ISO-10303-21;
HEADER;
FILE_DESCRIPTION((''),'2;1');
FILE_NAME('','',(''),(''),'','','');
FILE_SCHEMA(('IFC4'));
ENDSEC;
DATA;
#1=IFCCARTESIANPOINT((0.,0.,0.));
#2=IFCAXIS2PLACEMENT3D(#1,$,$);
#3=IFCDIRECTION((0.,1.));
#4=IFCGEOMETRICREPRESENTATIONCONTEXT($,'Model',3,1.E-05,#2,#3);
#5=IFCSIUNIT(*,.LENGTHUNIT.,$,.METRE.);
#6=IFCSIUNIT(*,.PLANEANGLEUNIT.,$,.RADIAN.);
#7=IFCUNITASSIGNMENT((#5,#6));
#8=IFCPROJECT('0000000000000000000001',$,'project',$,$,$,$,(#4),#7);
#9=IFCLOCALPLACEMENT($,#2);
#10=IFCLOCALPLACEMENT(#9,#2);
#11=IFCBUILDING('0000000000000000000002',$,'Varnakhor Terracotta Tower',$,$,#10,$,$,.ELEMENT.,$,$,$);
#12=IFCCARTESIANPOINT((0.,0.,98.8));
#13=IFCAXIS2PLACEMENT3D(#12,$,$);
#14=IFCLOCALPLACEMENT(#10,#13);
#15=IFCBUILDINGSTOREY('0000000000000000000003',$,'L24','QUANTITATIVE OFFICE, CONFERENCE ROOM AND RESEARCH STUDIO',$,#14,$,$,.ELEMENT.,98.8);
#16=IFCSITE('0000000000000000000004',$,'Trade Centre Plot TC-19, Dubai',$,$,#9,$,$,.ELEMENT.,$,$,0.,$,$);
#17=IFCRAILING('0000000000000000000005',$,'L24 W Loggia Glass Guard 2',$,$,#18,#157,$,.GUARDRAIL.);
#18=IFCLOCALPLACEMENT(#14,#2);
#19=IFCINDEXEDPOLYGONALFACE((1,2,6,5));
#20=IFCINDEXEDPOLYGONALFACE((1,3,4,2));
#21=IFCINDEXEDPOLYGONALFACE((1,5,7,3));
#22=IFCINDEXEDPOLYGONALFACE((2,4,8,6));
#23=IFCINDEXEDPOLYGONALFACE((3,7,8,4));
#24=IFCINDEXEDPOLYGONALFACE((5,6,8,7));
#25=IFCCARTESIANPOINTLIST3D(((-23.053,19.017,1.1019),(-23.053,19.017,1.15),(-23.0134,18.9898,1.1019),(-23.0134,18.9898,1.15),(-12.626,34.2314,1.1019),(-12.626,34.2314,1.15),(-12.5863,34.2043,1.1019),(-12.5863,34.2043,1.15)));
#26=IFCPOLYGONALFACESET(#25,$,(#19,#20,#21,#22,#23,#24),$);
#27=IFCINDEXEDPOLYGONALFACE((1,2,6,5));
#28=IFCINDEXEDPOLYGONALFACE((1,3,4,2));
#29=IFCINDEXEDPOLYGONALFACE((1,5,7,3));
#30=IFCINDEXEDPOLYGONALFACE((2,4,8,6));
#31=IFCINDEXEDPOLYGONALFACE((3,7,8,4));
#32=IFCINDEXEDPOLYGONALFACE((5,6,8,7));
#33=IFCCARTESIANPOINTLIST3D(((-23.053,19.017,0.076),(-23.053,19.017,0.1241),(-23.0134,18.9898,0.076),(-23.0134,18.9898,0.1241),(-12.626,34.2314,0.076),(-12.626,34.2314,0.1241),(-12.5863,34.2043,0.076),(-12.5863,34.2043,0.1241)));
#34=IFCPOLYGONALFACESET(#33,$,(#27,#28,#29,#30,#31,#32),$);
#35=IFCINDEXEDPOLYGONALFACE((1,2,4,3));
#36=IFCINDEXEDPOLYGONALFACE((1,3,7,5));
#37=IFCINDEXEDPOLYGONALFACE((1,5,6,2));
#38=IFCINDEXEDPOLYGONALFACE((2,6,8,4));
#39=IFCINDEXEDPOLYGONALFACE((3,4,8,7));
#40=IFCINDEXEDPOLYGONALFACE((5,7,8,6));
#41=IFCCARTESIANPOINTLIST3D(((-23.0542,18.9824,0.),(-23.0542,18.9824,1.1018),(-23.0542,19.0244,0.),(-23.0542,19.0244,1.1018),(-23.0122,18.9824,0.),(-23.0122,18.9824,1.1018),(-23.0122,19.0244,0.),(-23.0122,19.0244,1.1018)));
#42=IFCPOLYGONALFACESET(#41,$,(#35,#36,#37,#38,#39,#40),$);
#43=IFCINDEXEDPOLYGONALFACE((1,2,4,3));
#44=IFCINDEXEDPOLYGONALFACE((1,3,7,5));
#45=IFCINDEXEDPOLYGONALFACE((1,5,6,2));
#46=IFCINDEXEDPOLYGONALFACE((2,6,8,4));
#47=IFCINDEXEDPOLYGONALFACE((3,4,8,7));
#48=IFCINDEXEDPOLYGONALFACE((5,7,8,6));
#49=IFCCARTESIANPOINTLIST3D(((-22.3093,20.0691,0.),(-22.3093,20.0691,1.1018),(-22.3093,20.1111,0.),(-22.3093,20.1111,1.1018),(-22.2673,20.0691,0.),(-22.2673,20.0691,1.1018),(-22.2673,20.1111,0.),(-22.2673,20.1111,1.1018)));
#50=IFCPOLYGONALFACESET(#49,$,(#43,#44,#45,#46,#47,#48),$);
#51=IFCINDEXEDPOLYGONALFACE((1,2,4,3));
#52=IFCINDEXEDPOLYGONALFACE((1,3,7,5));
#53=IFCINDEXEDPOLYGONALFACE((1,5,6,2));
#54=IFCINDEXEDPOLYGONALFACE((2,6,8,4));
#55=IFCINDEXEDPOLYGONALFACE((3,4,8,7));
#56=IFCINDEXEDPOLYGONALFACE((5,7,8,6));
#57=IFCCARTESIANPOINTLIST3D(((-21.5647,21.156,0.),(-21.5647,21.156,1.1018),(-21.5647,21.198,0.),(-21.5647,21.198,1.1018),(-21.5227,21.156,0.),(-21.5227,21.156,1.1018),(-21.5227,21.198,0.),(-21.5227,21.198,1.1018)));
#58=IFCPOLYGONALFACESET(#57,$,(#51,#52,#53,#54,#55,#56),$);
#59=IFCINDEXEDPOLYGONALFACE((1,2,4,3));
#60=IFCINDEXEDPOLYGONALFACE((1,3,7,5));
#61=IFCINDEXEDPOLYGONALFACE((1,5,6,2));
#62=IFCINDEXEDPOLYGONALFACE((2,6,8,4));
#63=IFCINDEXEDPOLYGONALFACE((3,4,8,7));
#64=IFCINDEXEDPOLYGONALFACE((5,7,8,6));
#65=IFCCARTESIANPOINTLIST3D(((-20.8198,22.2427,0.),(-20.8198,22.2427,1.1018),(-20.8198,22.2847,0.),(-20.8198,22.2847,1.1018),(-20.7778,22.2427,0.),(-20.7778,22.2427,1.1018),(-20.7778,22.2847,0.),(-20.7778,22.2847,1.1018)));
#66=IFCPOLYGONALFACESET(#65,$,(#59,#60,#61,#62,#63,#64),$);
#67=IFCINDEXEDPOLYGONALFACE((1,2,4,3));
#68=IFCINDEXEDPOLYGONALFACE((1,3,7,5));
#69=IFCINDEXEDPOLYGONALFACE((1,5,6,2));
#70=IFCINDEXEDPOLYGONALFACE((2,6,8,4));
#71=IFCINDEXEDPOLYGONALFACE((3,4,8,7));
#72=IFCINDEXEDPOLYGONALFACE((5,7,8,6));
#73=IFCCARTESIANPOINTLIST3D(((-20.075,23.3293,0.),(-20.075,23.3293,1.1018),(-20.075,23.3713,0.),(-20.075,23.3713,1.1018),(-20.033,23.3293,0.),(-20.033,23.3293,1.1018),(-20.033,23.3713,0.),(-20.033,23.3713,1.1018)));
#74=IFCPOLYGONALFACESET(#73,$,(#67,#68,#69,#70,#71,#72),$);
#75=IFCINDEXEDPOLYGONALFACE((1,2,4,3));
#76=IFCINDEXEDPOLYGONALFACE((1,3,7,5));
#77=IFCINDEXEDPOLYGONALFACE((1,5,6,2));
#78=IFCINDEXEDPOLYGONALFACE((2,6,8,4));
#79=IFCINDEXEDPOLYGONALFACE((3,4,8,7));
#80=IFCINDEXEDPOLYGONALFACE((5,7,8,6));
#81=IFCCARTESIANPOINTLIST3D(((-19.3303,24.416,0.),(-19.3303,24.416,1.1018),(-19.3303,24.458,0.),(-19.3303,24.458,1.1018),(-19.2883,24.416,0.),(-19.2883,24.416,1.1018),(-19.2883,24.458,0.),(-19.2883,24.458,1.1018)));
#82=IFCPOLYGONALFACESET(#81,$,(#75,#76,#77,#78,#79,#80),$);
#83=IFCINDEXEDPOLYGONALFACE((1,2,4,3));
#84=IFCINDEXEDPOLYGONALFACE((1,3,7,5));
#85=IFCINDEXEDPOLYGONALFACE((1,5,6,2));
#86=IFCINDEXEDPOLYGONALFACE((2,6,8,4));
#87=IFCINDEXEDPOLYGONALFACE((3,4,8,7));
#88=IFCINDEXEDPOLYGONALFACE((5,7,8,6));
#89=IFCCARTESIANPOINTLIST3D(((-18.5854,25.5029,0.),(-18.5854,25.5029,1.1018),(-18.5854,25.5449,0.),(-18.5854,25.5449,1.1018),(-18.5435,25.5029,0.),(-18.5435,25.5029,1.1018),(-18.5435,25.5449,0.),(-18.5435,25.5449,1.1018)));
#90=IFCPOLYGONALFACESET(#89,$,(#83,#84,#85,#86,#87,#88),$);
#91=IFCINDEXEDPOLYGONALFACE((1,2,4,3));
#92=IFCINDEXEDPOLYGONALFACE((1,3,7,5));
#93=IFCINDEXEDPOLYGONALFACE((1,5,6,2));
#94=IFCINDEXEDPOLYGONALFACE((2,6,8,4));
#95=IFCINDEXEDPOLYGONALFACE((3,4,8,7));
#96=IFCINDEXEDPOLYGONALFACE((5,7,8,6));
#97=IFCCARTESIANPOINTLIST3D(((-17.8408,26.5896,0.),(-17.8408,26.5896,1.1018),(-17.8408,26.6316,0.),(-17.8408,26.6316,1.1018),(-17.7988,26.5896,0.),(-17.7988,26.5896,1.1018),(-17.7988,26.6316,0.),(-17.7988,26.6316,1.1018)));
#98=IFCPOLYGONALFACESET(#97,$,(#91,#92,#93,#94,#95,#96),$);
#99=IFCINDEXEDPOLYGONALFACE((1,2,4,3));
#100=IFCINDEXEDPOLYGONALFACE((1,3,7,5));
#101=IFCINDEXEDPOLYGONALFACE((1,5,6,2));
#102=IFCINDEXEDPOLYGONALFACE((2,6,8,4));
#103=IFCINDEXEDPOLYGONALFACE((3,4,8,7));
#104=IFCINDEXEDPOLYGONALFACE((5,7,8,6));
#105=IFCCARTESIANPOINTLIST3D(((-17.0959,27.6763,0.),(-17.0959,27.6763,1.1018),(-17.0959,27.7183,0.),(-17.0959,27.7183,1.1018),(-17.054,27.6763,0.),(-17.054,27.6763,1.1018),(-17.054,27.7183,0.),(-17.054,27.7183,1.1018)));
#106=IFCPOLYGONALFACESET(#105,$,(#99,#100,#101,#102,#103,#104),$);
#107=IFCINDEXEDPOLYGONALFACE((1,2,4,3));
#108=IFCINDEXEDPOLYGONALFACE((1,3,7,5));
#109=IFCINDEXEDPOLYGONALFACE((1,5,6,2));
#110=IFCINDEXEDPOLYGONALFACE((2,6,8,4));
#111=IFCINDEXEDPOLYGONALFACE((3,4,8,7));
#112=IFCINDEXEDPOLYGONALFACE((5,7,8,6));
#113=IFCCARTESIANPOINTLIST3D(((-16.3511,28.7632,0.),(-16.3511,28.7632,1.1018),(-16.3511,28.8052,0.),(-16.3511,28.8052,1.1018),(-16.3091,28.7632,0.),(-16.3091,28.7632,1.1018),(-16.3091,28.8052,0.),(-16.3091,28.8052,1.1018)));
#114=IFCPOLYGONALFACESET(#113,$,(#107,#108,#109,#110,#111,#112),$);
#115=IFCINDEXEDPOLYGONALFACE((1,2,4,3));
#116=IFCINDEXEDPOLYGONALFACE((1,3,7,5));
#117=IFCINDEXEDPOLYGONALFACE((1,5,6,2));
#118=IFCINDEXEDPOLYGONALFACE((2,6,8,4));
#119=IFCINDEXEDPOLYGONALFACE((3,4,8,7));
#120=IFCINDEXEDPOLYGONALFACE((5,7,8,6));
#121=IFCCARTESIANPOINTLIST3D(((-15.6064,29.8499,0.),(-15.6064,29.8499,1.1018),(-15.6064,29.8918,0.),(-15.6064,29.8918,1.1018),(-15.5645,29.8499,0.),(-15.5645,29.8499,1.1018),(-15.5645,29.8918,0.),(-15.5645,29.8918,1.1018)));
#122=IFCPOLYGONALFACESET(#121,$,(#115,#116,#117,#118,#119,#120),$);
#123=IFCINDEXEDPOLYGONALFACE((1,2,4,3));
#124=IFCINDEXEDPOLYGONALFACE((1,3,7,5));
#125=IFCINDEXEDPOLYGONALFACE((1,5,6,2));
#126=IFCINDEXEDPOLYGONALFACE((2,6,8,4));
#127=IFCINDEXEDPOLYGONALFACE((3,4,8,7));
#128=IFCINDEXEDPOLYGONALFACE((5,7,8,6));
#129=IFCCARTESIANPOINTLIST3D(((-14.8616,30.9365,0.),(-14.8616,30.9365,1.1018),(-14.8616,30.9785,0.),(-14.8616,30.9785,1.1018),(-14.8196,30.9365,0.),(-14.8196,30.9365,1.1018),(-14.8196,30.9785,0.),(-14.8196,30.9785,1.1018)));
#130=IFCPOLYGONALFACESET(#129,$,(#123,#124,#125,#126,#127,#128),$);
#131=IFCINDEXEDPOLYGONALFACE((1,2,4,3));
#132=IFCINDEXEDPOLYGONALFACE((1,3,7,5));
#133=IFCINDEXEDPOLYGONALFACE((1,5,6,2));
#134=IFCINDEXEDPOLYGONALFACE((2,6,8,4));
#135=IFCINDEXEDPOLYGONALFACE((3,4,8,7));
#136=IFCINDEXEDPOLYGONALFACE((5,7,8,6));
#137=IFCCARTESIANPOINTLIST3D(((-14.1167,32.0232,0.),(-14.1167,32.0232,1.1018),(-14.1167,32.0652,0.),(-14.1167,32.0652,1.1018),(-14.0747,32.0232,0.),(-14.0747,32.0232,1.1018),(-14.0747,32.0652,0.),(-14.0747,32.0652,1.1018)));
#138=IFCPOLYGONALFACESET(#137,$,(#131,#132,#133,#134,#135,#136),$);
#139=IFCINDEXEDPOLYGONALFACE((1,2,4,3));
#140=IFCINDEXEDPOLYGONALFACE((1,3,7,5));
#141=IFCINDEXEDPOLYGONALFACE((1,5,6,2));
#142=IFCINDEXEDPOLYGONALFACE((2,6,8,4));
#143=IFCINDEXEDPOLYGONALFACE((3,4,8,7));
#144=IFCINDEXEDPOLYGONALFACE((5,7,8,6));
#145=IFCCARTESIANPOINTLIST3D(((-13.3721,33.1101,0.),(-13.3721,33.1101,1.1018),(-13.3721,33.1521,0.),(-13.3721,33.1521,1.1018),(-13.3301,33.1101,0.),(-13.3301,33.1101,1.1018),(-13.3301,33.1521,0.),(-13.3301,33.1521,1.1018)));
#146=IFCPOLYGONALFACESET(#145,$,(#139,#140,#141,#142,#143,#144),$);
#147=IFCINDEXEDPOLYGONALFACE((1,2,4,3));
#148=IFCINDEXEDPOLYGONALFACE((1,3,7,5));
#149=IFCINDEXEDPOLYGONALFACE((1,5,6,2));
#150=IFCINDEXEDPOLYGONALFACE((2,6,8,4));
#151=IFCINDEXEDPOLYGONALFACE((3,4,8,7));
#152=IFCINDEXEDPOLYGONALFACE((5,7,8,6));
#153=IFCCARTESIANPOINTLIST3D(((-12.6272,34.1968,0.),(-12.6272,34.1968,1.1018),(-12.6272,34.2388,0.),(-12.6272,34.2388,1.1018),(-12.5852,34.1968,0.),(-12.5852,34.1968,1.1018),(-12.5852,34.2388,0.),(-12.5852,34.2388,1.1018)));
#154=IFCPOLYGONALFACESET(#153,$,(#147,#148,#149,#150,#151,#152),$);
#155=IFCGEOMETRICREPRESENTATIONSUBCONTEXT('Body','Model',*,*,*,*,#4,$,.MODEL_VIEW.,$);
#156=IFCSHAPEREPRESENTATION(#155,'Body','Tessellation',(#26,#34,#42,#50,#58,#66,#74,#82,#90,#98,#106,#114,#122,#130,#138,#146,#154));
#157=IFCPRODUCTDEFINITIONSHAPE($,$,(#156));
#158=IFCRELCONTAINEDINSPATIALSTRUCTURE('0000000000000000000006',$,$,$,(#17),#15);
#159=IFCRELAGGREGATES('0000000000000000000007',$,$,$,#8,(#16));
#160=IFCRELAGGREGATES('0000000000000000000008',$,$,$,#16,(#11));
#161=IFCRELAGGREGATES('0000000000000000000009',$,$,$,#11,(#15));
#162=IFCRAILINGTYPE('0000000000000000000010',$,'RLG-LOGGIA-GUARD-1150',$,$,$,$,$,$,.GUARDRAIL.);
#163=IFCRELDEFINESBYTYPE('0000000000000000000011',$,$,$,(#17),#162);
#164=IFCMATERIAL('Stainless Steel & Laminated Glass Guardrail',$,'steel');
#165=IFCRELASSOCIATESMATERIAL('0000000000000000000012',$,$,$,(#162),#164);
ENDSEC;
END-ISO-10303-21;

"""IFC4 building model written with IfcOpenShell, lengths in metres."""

from ifc_helpers import new_model, si_unit, direction, frame, origin, origin_2d, place, context, subcontext, project, spatial, rectangle, extrude, material, type_object, element, save


model = new_model("IFC4")

# Units and contexts
model_context = context("Model", 3, precision=1e-05, world=origin(), true_north=direction((0.0, 1.0)))
body_context = subcontext(model_context, "Body", "Model", "MODEL_VIEW")
ifc_project = project(units=[si_unit("LENGTHUNIT", "METRE"), si_unit("PLANEANGLEUNIT", "RADIAN")], contexts=[model_context])

# Site, building, storey
site_placement = place(None, origin())
site = spatial("IfcSite", under=ifc_project, at=site_placement, Name="Trade Centre Plot TC-19, Dubai", CompositionType="ELEMENT", RefElevation=0.0)
building_placement = place(site_placement, origin())
building = spatial("IfcBuilding", under=site, at=building_placement, Name="Varnakhor Terracotta Tower", CompositionType="ELEMENT")
storey_placement = place(building_placement, frame((0.0, 0.0, 98.8)))
storey = spatial("IfcBuildingStorey", under=building, at=storey_placement, Name="L24", Description="QUANTITATIVE OFFICE, CONFERENCE ROOM AND RESEARCH STUDIO", CompositionType="ELEMENT", Elevation=98.8)

# Railing
ifc_material_1 = material(Name="Stainless Steel & Laminated Glass Guardrail", Category="steel")
railing_type = type_object("IfcRailingType", Name="RLG-LOGGIA-GUARD-1150", PredefinedType="GUARDRAIL", material=ifc_material_1)
railing_1_placement = place(storey_placement, frame((-23.0332, 19.0034, 0.0)))
element("IfcRailing", 1, at=railing_1_placement, inside=storey, type_object=railing_type, Name="L24 W Loggia Glass Guard 2", PredefinedType="GUARDRAIL", context=body_context, shape_type="SweptSolid", body=[
    extrude(rectangle(XDim=0.0481, YDim=0.0481, at=origin_2d()), frame((0.0, 0.0, 1.126), z_axis=(0.565318, 0.824873, 0.0), x_axis=(-0.824873, 0.565318, 0.0)), (0.0, 0.0, 1.0), 18.4446),
    extrude(rectangle(XDim=0.0481, YDim=0.0481, at=origin_2d()), frame((0.0, 0.0, 0.1001), z_axis=(0.565318, 0.824873, 0.0), x_axis=(-0.824873, 0.565318, 0.0)), (0.0, 0.0, 1.0), 18.4446),
    extrude(rectangle(XDim=0.042, YDim=0.042, at=origin_2d()), origin(), (0.0, 0.0, 1.0), 1.1018),
    extrude(rectangle(XDim=0.042, YDim=0.042, at=origin_2d()), frame((0.7449, 1.0867, 0.0)), (0.0, 0.0, 1.0), 1.1018),
    extrude(rectangle(XDim=0.042, YDim=0.042, at=origin_2d()), frame((1.4895, 2.1736, 0.0)), (0.0, 0.0, 1.0), 1.1018),
    extrude(rectangle(XDim=0.042, YDim=0.042, at=origin_2d()), frame((2.2344, 3.2603, 0.0)), (0.0, 0.0, 1.0), 1.1018),
    extrude(rectangle(XDim=0.042, YDim=0.042, at=origin_2d()), frame((2.9792, 4.3469, 0.0)), (0.0, 0.0, 1.0), 1.1018),
    extrude(rectangle(XDim=0.042, YDim=0.042, at=origin_2d()), frame((3.7239, 5.4336, 0.0)), (0.0, 0.0, 1.0), 1.1018),
    extrude(rectangle(XDim=0.042, YDim=0.042, at=origin_2d()), frame((4.4688, 6.5205, 0.0)), (0.0, 0.0, 1.0), 1.1018),
    extrude(rectangle(XDim=0.042, YDim=0.042, at=origin_2d()), frame((5.2134, 7.6072, 0.0)), (0.0, 0.0, 1.0), 1.1018),
    extrude(rectangle(XDim=0.042, YDim=0.042, at=origin_2d()), frame((5.9583, 8.6938, 0.0)), (0.0, 0.0, 1.0), 1.1018),
    extrude(rectangle(XDim=0.042, YDim=0.042, at=origin_2d()), frame((6.7031, 9.7808, 0.0)), (0.0, 0.0, 1.0), 1.1018),
    extrude(rectangle(XDim=0.042, YDim=0.042, at=origin_2d()), frame((7.4478, 10.8674, 0.0)), (0.0, 0.0, 1.0), 1.1018),
    extrude(rectangle(XDim=0.042, YDim=0.042, at=origin_2d()), frame((8.1926, 11.9541, 0.0)), (0.0, 0.0, 1.0), 1.1018),
    extrude(rectangle(XDim=0.042, YDim=0.042, at=origin_2d()), frame((8.9375, 13.0408, 0.0)), (0.0, 0.0, 1.0), 1.1018),
    extrude(rectangle(XDim=0.042, YDim=0.042, at=origin_2d()), frame((9.6821, 14.1277, 0.0)), (0.0, 0.0, 1.0), 1.1018),
    extrude(rectangle(XDim=0.042, YDim=0.042, at=origin_2d()), frame((10.427, 15.2144, 0.0)), (0.0, 0.0, 1.0), 1.1018),
])

save(model, "model.ifc")
